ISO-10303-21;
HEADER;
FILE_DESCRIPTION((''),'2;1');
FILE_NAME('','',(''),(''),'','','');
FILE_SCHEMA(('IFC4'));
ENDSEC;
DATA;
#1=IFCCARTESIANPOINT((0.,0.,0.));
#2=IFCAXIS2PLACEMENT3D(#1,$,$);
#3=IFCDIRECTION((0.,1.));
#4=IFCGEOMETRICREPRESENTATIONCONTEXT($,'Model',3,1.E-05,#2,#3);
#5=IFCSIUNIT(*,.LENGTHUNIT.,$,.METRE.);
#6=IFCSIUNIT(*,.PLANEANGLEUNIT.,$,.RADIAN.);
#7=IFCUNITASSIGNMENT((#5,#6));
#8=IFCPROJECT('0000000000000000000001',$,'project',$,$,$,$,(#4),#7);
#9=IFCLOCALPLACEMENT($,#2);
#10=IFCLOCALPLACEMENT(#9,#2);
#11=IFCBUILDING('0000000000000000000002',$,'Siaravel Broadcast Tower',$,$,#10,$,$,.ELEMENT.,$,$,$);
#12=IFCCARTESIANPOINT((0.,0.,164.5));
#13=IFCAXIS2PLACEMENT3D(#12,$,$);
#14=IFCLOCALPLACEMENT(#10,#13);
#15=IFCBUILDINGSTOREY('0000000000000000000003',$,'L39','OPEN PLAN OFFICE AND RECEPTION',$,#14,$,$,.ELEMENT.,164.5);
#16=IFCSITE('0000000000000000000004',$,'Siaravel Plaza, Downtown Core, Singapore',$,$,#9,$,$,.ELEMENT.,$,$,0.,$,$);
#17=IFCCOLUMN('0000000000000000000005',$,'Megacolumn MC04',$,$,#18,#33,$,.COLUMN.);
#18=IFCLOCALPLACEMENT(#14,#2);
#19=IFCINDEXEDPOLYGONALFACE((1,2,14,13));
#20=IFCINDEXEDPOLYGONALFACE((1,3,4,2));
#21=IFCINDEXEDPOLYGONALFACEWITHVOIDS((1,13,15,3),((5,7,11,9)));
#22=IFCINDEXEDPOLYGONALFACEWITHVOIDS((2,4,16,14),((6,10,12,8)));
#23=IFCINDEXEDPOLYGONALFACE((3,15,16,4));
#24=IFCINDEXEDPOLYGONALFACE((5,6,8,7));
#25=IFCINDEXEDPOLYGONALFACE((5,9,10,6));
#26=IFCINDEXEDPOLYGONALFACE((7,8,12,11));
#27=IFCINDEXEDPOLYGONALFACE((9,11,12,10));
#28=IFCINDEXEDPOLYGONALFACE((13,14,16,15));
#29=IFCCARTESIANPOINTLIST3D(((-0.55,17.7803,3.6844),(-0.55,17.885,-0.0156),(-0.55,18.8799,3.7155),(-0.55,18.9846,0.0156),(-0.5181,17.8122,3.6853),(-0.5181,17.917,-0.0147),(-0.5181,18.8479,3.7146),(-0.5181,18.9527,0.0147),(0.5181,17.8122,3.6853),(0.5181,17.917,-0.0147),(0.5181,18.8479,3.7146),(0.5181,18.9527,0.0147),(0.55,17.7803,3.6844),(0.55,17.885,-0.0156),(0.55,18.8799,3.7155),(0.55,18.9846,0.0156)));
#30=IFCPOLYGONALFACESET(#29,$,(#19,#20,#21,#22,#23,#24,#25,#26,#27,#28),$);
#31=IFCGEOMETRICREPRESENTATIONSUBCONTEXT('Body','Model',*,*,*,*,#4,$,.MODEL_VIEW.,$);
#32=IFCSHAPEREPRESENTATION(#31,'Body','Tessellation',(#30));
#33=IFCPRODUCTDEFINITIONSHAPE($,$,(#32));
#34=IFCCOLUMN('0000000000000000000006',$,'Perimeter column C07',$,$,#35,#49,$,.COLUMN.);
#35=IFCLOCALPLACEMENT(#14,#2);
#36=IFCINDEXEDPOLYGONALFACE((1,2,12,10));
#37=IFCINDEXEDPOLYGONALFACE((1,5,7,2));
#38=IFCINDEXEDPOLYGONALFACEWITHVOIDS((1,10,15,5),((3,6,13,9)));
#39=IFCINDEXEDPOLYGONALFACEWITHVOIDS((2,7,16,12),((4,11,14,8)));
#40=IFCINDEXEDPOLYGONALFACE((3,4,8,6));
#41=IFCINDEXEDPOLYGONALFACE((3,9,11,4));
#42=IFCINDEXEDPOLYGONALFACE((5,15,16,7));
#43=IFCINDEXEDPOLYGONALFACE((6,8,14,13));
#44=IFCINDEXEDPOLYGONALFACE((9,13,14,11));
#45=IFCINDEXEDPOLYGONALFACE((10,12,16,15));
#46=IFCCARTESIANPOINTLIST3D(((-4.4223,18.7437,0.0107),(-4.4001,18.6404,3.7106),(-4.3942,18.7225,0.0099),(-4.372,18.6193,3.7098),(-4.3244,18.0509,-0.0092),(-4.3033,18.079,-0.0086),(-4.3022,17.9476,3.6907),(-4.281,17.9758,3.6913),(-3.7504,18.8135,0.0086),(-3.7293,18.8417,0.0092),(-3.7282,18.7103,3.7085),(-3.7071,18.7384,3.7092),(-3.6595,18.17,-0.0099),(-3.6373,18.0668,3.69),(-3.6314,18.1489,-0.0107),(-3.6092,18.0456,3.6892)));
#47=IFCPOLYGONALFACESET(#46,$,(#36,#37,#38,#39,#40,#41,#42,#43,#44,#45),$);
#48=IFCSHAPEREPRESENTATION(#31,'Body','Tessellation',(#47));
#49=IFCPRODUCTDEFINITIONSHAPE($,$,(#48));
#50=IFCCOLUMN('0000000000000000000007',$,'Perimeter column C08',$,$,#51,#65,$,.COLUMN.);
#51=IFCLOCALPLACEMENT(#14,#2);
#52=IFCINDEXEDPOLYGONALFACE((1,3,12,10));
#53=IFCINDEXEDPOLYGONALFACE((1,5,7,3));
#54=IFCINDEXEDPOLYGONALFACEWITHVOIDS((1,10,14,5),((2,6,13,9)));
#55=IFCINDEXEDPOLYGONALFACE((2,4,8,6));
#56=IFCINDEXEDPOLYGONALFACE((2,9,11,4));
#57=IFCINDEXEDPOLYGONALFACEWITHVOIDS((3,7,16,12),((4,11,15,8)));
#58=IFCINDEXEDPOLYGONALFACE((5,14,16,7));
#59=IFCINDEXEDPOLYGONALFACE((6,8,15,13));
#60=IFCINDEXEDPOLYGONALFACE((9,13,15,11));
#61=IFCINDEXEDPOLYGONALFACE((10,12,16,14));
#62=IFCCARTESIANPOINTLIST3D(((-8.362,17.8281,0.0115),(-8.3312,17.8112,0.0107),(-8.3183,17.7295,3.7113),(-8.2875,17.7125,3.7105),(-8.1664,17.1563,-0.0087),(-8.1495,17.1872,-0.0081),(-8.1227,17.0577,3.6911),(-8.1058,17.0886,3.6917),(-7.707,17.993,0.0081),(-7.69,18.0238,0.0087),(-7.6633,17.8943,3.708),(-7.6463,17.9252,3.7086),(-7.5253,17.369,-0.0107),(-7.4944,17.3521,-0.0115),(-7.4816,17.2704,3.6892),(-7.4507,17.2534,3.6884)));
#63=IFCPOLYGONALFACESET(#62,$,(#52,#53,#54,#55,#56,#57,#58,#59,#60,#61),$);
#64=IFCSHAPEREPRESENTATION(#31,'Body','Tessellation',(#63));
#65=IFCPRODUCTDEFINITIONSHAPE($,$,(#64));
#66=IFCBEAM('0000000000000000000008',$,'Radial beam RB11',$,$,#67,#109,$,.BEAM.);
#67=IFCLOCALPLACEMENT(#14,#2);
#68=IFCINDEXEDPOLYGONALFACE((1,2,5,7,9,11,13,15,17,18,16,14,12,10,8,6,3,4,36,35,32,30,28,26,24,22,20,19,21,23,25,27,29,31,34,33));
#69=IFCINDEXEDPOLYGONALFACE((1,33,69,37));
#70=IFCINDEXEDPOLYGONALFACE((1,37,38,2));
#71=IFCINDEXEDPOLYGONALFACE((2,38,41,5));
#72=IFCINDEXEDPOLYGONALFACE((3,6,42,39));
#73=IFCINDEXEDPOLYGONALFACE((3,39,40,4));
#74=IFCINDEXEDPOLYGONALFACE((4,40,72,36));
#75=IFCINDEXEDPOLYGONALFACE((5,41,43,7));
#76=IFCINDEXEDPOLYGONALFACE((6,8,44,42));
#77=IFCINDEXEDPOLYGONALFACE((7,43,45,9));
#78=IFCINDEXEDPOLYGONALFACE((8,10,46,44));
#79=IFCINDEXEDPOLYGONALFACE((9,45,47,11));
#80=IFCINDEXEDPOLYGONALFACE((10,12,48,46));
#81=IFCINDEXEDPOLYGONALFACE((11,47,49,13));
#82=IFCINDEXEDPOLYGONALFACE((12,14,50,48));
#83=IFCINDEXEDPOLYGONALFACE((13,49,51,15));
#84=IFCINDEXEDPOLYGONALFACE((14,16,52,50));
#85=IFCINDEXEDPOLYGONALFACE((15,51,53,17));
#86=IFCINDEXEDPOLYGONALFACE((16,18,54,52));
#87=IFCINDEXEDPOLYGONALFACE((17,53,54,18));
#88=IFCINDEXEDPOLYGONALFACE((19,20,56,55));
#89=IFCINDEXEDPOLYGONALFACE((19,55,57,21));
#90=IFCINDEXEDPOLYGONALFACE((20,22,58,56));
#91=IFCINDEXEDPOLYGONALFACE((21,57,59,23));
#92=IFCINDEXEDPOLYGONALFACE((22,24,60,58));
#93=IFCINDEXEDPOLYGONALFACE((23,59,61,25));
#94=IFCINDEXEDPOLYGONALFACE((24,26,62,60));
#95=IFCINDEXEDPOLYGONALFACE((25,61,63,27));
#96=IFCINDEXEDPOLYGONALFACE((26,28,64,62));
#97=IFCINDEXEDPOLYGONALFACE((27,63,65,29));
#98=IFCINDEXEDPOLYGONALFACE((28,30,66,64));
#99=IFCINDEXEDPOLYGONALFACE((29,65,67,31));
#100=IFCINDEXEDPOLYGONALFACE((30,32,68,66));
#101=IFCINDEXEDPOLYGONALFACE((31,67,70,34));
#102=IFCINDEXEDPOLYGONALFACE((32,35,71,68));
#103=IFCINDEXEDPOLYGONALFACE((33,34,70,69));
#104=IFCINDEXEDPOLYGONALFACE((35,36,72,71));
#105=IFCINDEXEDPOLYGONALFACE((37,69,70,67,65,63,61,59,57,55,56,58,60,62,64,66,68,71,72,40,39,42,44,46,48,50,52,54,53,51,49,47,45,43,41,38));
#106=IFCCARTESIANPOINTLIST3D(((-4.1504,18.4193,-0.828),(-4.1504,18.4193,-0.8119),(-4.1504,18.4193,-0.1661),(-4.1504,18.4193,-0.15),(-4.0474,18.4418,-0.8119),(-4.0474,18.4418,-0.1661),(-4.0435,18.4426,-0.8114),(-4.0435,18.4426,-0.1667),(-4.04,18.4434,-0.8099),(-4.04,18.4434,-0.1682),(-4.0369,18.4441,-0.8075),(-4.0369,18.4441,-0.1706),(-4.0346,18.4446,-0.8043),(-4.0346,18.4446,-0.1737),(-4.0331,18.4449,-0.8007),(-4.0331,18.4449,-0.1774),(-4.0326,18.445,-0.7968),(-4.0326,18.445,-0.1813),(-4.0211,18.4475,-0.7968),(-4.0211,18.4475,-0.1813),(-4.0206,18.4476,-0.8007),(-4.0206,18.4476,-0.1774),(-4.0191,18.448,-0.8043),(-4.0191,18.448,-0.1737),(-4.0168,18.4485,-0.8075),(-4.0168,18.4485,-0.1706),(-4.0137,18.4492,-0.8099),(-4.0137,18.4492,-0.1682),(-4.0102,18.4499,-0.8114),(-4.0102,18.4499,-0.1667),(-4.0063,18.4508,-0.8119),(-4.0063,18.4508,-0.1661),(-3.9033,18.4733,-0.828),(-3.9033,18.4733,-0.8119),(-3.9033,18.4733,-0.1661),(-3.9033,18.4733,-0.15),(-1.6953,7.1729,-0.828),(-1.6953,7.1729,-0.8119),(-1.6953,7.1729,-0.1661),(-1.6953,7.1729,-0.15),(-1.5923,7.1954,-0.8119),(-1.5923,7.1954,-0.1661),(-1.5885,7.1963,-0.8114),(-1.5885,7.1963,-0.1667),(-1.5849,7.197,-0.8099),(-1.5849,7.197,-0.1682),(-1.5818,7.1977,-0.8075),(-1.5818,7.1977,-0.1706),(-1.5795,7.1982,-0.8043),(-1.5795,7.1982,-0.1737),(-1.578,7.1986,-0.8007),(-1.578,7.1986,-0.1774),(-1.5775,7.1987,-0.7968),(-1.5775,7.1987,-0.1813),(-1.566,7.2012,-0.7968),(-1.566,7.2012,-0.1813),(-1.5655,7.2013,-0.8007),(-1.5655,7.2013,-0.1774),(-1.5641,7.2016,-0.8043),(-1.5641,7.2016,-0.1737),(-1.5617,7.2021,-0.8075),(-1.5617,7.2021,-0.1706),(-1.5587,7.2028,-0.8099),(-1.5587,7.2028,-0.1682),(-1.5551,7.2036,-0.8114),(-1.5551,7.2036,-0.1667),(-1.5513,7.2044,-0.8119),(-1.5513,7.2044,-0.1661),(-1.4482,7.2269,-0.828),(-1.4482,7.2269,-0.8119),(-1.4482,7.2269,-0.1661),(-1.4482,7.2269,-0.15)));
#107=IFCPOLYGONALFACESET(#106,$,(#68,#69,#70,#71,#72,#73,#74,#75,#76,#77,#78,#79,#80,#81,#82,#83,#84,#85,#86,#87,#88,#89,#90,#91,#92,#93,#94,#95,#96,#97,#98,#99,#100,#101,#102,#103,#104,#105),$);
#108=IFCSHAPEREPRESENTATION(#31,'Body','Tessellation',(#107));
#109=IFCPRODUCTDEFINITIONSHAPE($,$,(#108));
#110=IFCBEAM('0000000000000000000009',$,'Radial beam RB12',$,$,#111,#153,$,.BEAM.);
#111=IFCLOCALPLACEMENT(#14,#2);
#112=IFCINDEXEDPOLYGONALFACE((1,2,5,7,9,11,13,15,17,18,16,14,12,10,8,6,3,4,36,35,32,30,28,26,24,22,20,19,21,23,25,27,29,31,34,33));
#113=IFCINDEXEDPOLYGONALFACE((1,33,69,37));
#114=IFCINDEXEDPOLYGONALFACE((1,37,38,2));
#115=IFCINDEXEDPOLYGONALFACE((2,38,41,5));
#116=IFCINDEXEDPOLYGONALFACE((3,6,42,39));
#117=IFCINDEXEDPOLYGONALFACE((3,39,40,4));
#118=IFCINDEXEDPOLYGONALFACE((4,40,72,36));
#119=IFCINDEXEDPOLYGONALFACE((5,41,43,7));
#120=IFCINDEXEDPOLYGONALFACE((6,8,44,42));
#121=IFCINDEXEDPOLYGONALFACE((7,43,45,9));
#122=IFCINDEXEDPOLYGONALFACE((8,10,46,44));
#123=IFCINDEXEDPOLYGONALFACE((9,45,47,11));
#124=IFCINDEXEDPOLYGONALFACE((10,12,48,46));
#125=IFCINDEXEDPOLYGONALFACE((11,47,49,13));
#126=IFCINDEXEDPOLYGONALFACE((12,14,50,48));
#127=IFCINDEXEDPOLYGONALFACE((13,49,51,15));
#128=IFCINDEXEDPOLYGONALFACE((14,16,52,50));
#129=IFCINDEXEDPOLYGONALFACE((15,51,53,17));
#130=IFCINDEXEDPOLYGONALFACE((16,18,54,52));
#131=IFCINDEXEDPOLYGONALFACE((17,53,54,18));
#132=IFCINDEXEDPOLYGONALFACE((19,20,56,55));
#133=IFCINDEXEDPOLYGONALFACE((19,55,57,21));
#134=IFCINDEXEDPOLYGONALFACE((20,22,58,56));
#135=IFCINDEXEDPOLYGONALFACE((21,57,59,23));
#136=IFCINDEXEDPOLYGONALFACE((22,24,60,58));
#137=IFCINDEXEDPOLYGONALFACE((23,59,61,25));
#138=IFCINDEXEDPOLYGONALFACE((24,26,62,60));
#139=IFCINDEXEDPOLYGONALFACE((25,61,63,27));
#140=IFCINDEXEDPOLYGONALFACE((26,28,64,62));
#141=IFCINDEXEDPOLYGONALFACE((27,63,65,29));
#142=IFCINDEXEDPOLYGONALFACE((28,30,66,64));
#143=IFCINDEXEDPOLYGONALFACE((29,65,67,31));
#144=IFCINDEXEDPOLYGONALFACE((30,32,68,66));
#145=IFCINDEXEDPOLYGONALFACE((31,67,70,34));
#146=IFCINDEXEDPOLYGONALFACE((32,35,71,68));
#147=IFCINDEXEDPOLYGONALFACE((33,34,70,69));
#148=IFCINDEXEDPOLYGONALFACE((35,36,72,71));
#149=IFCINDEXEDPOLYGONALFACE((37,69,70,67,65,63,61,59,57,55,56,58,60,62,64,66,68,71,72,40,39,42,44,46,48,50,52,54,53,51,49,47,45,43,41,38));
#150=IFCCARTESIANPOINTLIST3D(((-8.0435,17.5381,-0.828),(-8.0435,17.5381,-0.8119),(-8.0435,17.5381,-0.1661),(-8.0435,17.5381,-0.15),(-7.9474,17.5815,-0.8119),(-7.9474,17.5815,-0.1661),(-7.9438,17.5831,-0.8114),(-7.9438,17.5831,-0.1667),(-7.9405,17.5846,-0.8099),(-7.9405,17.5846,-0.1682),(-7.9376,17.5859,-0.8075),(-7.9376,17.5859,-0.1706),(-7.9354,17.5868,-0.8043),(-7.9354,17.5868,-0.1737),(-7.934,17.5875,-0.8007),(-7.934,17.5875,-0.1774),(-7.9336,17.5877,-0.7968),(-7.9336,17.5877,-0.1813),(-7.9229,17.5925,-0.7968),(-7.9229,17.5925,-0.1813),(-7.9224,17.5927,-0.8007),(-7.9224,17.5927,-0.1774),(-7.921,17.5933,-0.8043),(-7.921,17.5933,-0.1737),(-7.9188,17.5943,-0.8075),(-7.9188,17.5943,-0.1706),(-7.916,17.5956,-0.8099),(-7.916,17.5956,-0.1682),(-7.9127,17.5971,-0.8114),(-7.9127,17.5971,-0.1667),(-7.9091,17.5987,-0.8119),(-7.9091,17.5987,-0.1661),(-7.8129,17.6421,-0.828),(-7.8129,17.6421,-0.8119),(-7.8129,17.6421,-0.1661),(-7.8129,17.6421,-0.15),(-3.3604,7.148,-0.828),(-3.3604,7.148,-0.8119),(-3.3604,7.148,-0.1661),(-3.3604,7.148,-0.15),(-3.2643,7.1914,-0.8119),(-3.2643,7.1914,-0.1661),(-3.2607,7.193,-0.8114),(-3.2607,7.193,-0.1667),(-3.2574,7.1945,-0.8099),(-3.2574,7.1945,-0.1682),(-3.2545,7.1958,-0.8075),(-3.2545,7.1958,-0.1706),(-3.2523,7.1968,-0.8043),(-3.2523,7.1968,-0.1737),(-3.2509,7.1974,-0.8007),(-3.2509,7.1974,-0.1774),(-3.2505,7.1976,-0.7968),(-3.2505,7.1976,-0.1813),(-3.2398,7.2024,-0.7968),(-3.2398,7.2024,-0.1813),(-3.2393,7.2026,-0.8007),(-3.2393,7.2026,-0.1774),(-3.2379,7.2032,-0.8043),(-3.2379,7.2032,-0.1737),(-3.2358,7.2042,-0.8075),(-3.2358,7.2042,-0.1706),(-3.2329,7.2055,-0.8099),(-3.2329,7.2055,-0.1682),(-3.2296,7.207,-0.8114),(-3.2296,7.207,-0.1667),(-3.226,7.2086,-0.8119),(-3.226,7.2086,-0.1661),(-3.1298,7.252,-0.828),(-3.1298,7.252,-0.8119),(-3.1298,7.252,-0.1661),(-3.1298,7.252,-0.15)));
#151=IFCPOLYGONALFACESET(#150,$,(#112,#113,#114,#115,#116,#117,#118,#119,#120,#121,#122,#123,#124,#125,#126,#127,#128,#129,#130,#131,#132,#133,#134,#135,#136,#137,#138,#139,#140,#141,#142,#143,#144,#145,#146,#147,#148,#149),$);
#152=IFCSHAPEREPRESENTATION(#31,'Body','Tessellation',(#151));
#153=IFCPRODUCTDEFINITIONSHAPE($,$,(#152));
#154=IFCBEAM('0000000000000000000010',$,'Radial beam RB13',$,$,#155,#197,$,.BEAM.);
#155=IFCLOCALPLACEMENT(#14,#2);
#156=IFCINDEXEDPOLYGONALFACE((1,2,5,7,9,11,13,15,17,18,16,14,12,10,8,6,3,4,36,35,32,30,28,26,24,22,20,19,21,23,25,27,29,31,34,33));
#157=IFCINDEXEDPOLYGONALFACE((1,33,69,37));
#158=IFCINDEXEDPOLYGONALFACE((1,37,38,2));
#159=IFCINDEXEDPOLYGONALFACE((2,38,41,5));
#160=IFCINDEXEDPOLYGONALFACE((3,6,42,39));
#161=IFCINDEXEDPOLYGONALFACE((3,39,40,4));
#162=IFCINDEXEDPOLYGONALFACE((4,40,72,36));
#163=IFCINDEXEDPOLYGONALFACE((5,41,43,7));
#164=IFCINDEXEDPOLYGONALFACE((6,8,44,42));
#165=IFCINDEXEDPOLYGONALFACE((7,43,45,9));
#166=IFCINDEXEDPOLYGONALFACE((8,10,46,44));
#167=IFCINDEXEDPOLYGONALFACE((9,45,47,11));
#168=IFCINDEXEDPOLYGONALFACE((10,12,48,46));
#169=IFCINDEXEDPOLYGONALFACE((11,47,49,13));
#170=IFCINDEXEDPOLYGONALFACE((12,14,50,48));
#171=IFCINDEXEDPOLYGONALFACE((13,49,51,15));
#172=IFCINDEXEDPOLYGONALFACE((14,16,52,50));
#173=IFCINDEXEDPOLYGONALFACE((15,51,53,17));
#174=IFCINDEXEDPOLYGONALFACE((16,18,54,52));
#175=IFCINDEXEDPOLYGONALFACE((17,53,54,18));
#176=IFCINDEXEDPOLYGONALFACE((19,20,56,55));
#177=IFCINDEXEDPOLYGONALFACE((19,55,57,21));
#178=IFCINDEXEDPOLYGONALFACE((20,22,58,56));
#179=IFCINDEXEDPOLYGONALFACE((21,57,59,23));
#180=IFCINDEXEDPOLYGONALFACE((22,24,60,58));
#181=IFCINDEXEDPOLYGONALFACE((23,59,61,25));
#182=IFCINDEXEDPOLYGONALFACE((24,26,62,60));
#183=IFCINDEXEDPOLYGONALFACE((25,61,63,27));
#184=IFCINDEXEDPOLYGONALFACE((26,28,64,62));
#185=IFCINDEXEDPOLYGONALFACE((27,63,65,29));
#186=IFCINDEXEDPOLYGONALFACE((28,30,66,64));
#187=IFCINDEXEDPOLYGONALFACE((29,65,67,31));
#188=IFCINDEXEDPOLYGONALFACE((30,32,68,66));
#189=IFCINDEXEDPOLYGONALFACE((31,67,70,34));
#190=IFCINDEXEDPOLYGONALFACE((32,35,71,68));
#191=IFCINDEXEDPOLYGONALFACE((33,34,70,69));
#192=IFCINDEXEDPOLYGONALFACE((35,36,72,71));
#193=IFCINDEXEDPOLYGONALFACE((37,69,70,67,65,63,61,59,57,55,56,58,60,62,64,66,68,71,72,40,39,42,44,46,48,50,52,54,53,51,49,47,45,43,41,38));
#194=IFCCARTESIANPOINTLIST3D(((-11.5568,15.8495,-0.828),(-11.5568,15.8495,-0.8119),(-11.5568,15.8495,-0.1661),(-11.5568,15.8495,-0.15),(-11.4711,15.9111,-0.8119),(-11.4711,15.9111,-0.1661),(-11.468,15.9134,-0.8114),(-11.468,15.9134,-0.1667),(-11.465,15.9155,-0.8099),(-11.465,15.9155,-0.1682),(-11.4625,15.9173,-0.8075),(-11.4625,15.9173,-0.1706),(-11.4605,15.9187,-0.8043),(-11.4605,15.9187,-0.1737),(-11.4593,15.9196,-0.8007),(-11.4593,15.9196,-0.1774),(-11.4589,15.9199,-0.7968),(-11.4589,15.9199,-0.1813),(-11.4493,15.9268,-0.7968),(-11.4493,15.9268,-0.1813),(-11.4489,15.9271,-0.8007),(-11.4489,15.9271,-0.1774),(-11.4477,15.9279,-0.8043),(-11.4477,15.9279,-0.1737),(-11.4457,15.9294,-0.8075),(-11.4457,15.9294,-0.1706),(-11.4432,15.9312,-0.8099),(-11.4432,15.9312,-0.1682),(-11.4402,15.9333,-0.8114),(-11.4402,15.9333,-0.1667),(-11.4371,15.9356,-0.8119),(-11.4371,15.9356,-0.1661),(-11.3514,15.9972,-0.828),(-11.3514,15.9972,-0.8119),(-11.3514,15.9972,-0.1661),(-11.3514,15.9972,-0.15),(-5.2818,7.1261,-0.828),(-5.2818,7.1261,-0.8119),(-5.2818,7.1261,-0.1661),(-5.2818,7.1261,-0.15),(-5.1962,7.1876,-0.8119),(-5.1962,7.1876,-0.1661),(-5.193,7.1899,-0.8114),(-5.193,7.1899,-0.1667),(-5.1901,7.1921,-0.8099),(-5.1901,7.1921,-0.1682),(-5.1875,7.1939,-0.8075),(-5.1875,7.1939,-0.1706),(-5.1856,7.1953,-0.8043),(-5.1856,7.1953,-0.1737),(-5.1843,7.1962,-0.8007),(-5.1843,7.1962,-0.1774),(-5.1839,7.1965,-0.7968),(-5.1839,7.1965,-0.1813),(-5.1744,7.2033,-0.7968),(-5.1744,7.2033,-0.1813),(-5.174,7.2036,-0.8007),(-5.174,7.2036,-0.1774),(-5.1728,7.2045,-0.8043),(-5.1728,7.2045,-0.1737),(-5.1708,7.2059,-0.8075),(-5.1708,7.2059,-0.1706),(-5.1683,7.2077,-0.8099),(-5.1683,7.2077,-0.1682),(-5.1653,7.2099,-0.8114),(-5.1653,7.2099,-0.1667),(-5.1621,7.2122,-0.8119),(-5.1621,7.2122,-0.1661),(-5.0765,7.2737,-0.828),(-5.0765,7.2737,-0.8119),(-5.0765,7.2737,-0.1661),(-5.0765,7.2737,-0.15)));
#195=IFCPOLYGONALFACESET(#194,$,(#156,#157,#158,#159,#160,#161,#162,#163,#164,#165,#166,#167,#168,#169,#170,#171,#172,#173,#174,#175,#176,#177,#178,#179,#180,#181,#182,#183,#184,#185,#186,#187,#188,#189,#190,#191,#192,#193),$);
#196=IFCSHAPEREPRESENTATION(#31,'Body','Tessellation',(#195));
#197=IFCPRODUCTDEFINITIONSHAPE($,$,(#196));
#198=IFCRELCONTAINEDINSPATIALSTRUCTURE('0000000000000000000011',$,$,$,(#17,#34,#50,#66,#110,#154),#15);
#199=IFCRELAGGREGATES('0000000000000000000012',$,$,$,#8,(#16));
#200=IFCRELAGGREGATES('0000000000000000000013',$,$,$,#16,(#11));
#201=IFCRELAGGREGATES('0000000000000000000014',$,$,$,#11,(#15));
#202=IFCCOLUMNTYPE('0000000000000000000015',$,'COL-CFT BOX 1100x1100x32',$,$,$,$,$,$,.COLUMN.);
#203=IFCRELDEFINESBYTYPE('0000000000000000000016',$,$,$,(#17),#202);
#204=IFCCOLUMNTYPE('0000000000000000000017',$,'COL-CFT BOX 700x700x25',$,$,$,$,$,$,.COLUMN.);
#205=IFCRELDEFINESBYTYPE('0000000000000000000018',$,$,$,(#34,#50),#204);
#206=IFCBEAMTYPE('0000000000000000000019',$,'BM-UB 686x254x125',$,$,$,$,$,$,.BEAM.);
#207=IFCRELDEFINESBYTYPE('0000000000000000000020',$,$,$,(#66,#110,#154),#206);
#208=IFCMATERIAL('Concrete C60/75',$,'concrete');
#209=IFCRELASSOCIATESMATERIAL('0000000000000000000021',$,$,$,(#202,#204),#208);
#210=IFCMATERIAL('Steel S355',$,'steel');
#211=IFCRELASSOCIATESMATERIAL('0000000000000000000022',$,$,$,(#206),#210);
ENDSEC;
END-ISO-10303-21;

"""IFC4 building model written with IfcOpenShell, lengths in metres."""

from ifc_helpers import new_model, si_unit, direction, frame, origin, origin_2d, place, context, subcontext, project, spatial, hollow_rectangle, i_section, extrude, material, material_profile, profile_set, type_object, element, save


model = new_model("IFC4")

# Units and contexts
model_context = context("Model", 3, precision=1e-05, world=origin(), true_north=direction((0.0, 1.0)))
body_context = subcontext(model_context, "Body", "Model", "MODEL_VIEW")
ifc_project = project(units=[si_unit("LENGTHUNIT", "METRE"), si_unit("PLANEANGLEUNIT", "RADIAN")], contexts=[model_context])

# Site, building, storey
site_placement = place(None, origin())
site = spatial("IfcSite", under=ifc_project, at=site_placement, Name="Siaravel Plaza, Downtown Core, Singapore", CompositionType="ELEMENT", RefElevation=0.0)
building_placement = place(site_placement, origin())
building = spatial("IfcBuilding", under=site, at=building_placement, Name="Siaravel Broadcast Tower", CompositionType="ELEMENT")
storey_placement = place(building_placement, frame((0.0, 0.0, 164.5)))
storey = spatial("IfcBuildingStorey", under=building, at=storey_placement, Name="L39", Description="OPEN PLAN OFFICE AND RECEPTION", CompositionType="ELEMENT", Elevation=164.5)

# Columns
ifc_material_1 = material(Name="Concrete C60/75", Category="concrete")
ifc_material_profile_1 = material_profile(ifc_material_1, hollow_rectangle(XDim=1.1001, YDim=1.1001, WallThickness=0.032, at=origin_2d()))
ifc_profile_set_1 = profile_set([ifc_material_profile_1], Name="Concrete C60/75")
column_type_1 = type_object("IfcColumnType", Name="COL-CFT BOX 1100x1100x32", PredefinedType="COLUMN", material=ifc_profile_set_1)
column_placement = place(storey_placement, frame((0.0, 18.4348, 0.0), z_axis=(0.0, -0.028296, 0.9996), x_axis=(1.0, 0.0, 0.0)))
element("IfcColumn", 1, at=column_placement, inside=storey, type_object=column_type_1, Name="Megacolumn MC04", PredefinedType="COLUMN", context=body_context, shape_type="SweptSolid", body=[
    extrude(hollow_rectangle(XDim=1.1001, YDim=1.1001, WallThickness=0.032, at=origin_2d()), origin(), (0.0, 0.0, 1.0), 3.7014),
])
ifc_material_profile_2 = material_profile(ifc_material_1, hollow_rectangle(XDim=0.7, YDim=0.7, WallThickness=0.0249, at=origin_2d()))
ifc_profile_set_2 = profile_set([ifc_material_profile_2], Name="Concrete C60/75")
column_type_2 = type_object("IfcColumnType", Name="COL-CFT BOX 700x700x25", PredefinedType="COLUMN", material=ifc_profile_set_2)
for number, where, z_axis, x_axis, name in (
    (2, (-4.0269, 18.4463, 0.0), (0.006002, -0.0279, 0.999593), (0.990152, 0.139979, -0.002038), "Perimeter column C07"),
    (3, (-7.9282, 17.5901, 0.0), (0.011806, -0.026647, 0.999575), (0.960097, 0.279641, -0.003885), "Perimeter column C08"),
):
    element("IfcColumn", number, at=place(storey_placement, frame(where, z_axis=z_axis, x_axis=x_axis)), inside=storey, type_object=column_type_2, Name=name, PredefinedType="COLUMN", context=body_context, shape_type="SweptSolid", body=[
        extrude(hollow_rectangle(XDim=0.7, YDim=0.7, WallThickness=0.0249, at=origin_2d()), origin(), (0.0, 0.0, 1.0), 3.7014),
    ])

# Beams
ifc_material_2 = material(Name="Steel S355", Category="steel")
ifc_material_profile_3 = material_profile(ifc_material_2, i_section(OverallWidth=0.2529, OverallDepth=0.678, WebThickness=0.0117, FlangeThickness=0.0161, FilletRadius=0.0151, at=origin_2d()))
ifc_profile_set_3 = profile_set([ifc_material_profile_3], Name="Steel S355")
beam_type = type_object("IfcBeamType", Name="BM-UB 686x254x125", PredefinedType="BEAM", material=ifc_profile_set_3)
beam_1_placement = place(storey_placement, frame((-4.0269, 18.4463, -0.489), z_axis=(0.213278, -0.976992, 0.0), x_axis=(0.976992, 0.213278, 0.0)))
element("IfcBeam", 4, at=beam_1_placement, inside=storey, type_object=beam_type, Name="Radial beam RB11", PredefinedType="BEAM", context=body_context, shape_type="SweptSolid", body=[
    extrude(i_section(OverallWidth=0.2529, OverallDepth=0.678, WebThickness=0.0117, FlangeThickness=0.0161, FilletRadius=0.0151, at=origin_2d()), origin(), (0.0, 0.0, 1.0), 11.5112),
])
beam_2_placement = place(storey_placement, frame((-7.9282, 17.5901, -0.489), z_axis=(0.410915, -0.911674, 0.0), x_axis=(0.911674, 0.410915, 0.0)))
element("IfcBeam", 5, at=beam_2_placement, inside=storey, type_object=beam_type, Name="Radial beam RB12", PredefinedType="BEAM", context=body_context, shape_type="SweptSolid", body=[
    extrude(i_section(OverallWidth=0.2529, OverallDepth=0.678, WebThickness=0.0117, FlangeThickness=0.0161, FilletRadius=0.0151, at=origin_2d()), origin(), (0.0, 0.0, 1.0), 11.3967),
])
beam_3_placement = place(storey_placement, frame((-11.4541, 15.9233, -0.489), z_axis=(0.583941, -0.811796, 0.0), x_axis=(0.811796, 0.583941, 0.0)))
element("IfcBeam", 6, at=beam_3_placement, inside=storey, type_object=beam_type, Name="Radial beam RB13", PredefinedType="BEAM", context=body_context, shape_type="SweptSolid", body=[
    extrude(i_section(OverallWidth=0.2529, OverallDepth=0.678, WebThickness=0.0117, FlangeThickness=0.0161, FilletRadius=0.0151, at=origin_2d()), origin(), (0.0, 0.0, 1.0), 10.7458),
])

save(model, "model.ifc")
